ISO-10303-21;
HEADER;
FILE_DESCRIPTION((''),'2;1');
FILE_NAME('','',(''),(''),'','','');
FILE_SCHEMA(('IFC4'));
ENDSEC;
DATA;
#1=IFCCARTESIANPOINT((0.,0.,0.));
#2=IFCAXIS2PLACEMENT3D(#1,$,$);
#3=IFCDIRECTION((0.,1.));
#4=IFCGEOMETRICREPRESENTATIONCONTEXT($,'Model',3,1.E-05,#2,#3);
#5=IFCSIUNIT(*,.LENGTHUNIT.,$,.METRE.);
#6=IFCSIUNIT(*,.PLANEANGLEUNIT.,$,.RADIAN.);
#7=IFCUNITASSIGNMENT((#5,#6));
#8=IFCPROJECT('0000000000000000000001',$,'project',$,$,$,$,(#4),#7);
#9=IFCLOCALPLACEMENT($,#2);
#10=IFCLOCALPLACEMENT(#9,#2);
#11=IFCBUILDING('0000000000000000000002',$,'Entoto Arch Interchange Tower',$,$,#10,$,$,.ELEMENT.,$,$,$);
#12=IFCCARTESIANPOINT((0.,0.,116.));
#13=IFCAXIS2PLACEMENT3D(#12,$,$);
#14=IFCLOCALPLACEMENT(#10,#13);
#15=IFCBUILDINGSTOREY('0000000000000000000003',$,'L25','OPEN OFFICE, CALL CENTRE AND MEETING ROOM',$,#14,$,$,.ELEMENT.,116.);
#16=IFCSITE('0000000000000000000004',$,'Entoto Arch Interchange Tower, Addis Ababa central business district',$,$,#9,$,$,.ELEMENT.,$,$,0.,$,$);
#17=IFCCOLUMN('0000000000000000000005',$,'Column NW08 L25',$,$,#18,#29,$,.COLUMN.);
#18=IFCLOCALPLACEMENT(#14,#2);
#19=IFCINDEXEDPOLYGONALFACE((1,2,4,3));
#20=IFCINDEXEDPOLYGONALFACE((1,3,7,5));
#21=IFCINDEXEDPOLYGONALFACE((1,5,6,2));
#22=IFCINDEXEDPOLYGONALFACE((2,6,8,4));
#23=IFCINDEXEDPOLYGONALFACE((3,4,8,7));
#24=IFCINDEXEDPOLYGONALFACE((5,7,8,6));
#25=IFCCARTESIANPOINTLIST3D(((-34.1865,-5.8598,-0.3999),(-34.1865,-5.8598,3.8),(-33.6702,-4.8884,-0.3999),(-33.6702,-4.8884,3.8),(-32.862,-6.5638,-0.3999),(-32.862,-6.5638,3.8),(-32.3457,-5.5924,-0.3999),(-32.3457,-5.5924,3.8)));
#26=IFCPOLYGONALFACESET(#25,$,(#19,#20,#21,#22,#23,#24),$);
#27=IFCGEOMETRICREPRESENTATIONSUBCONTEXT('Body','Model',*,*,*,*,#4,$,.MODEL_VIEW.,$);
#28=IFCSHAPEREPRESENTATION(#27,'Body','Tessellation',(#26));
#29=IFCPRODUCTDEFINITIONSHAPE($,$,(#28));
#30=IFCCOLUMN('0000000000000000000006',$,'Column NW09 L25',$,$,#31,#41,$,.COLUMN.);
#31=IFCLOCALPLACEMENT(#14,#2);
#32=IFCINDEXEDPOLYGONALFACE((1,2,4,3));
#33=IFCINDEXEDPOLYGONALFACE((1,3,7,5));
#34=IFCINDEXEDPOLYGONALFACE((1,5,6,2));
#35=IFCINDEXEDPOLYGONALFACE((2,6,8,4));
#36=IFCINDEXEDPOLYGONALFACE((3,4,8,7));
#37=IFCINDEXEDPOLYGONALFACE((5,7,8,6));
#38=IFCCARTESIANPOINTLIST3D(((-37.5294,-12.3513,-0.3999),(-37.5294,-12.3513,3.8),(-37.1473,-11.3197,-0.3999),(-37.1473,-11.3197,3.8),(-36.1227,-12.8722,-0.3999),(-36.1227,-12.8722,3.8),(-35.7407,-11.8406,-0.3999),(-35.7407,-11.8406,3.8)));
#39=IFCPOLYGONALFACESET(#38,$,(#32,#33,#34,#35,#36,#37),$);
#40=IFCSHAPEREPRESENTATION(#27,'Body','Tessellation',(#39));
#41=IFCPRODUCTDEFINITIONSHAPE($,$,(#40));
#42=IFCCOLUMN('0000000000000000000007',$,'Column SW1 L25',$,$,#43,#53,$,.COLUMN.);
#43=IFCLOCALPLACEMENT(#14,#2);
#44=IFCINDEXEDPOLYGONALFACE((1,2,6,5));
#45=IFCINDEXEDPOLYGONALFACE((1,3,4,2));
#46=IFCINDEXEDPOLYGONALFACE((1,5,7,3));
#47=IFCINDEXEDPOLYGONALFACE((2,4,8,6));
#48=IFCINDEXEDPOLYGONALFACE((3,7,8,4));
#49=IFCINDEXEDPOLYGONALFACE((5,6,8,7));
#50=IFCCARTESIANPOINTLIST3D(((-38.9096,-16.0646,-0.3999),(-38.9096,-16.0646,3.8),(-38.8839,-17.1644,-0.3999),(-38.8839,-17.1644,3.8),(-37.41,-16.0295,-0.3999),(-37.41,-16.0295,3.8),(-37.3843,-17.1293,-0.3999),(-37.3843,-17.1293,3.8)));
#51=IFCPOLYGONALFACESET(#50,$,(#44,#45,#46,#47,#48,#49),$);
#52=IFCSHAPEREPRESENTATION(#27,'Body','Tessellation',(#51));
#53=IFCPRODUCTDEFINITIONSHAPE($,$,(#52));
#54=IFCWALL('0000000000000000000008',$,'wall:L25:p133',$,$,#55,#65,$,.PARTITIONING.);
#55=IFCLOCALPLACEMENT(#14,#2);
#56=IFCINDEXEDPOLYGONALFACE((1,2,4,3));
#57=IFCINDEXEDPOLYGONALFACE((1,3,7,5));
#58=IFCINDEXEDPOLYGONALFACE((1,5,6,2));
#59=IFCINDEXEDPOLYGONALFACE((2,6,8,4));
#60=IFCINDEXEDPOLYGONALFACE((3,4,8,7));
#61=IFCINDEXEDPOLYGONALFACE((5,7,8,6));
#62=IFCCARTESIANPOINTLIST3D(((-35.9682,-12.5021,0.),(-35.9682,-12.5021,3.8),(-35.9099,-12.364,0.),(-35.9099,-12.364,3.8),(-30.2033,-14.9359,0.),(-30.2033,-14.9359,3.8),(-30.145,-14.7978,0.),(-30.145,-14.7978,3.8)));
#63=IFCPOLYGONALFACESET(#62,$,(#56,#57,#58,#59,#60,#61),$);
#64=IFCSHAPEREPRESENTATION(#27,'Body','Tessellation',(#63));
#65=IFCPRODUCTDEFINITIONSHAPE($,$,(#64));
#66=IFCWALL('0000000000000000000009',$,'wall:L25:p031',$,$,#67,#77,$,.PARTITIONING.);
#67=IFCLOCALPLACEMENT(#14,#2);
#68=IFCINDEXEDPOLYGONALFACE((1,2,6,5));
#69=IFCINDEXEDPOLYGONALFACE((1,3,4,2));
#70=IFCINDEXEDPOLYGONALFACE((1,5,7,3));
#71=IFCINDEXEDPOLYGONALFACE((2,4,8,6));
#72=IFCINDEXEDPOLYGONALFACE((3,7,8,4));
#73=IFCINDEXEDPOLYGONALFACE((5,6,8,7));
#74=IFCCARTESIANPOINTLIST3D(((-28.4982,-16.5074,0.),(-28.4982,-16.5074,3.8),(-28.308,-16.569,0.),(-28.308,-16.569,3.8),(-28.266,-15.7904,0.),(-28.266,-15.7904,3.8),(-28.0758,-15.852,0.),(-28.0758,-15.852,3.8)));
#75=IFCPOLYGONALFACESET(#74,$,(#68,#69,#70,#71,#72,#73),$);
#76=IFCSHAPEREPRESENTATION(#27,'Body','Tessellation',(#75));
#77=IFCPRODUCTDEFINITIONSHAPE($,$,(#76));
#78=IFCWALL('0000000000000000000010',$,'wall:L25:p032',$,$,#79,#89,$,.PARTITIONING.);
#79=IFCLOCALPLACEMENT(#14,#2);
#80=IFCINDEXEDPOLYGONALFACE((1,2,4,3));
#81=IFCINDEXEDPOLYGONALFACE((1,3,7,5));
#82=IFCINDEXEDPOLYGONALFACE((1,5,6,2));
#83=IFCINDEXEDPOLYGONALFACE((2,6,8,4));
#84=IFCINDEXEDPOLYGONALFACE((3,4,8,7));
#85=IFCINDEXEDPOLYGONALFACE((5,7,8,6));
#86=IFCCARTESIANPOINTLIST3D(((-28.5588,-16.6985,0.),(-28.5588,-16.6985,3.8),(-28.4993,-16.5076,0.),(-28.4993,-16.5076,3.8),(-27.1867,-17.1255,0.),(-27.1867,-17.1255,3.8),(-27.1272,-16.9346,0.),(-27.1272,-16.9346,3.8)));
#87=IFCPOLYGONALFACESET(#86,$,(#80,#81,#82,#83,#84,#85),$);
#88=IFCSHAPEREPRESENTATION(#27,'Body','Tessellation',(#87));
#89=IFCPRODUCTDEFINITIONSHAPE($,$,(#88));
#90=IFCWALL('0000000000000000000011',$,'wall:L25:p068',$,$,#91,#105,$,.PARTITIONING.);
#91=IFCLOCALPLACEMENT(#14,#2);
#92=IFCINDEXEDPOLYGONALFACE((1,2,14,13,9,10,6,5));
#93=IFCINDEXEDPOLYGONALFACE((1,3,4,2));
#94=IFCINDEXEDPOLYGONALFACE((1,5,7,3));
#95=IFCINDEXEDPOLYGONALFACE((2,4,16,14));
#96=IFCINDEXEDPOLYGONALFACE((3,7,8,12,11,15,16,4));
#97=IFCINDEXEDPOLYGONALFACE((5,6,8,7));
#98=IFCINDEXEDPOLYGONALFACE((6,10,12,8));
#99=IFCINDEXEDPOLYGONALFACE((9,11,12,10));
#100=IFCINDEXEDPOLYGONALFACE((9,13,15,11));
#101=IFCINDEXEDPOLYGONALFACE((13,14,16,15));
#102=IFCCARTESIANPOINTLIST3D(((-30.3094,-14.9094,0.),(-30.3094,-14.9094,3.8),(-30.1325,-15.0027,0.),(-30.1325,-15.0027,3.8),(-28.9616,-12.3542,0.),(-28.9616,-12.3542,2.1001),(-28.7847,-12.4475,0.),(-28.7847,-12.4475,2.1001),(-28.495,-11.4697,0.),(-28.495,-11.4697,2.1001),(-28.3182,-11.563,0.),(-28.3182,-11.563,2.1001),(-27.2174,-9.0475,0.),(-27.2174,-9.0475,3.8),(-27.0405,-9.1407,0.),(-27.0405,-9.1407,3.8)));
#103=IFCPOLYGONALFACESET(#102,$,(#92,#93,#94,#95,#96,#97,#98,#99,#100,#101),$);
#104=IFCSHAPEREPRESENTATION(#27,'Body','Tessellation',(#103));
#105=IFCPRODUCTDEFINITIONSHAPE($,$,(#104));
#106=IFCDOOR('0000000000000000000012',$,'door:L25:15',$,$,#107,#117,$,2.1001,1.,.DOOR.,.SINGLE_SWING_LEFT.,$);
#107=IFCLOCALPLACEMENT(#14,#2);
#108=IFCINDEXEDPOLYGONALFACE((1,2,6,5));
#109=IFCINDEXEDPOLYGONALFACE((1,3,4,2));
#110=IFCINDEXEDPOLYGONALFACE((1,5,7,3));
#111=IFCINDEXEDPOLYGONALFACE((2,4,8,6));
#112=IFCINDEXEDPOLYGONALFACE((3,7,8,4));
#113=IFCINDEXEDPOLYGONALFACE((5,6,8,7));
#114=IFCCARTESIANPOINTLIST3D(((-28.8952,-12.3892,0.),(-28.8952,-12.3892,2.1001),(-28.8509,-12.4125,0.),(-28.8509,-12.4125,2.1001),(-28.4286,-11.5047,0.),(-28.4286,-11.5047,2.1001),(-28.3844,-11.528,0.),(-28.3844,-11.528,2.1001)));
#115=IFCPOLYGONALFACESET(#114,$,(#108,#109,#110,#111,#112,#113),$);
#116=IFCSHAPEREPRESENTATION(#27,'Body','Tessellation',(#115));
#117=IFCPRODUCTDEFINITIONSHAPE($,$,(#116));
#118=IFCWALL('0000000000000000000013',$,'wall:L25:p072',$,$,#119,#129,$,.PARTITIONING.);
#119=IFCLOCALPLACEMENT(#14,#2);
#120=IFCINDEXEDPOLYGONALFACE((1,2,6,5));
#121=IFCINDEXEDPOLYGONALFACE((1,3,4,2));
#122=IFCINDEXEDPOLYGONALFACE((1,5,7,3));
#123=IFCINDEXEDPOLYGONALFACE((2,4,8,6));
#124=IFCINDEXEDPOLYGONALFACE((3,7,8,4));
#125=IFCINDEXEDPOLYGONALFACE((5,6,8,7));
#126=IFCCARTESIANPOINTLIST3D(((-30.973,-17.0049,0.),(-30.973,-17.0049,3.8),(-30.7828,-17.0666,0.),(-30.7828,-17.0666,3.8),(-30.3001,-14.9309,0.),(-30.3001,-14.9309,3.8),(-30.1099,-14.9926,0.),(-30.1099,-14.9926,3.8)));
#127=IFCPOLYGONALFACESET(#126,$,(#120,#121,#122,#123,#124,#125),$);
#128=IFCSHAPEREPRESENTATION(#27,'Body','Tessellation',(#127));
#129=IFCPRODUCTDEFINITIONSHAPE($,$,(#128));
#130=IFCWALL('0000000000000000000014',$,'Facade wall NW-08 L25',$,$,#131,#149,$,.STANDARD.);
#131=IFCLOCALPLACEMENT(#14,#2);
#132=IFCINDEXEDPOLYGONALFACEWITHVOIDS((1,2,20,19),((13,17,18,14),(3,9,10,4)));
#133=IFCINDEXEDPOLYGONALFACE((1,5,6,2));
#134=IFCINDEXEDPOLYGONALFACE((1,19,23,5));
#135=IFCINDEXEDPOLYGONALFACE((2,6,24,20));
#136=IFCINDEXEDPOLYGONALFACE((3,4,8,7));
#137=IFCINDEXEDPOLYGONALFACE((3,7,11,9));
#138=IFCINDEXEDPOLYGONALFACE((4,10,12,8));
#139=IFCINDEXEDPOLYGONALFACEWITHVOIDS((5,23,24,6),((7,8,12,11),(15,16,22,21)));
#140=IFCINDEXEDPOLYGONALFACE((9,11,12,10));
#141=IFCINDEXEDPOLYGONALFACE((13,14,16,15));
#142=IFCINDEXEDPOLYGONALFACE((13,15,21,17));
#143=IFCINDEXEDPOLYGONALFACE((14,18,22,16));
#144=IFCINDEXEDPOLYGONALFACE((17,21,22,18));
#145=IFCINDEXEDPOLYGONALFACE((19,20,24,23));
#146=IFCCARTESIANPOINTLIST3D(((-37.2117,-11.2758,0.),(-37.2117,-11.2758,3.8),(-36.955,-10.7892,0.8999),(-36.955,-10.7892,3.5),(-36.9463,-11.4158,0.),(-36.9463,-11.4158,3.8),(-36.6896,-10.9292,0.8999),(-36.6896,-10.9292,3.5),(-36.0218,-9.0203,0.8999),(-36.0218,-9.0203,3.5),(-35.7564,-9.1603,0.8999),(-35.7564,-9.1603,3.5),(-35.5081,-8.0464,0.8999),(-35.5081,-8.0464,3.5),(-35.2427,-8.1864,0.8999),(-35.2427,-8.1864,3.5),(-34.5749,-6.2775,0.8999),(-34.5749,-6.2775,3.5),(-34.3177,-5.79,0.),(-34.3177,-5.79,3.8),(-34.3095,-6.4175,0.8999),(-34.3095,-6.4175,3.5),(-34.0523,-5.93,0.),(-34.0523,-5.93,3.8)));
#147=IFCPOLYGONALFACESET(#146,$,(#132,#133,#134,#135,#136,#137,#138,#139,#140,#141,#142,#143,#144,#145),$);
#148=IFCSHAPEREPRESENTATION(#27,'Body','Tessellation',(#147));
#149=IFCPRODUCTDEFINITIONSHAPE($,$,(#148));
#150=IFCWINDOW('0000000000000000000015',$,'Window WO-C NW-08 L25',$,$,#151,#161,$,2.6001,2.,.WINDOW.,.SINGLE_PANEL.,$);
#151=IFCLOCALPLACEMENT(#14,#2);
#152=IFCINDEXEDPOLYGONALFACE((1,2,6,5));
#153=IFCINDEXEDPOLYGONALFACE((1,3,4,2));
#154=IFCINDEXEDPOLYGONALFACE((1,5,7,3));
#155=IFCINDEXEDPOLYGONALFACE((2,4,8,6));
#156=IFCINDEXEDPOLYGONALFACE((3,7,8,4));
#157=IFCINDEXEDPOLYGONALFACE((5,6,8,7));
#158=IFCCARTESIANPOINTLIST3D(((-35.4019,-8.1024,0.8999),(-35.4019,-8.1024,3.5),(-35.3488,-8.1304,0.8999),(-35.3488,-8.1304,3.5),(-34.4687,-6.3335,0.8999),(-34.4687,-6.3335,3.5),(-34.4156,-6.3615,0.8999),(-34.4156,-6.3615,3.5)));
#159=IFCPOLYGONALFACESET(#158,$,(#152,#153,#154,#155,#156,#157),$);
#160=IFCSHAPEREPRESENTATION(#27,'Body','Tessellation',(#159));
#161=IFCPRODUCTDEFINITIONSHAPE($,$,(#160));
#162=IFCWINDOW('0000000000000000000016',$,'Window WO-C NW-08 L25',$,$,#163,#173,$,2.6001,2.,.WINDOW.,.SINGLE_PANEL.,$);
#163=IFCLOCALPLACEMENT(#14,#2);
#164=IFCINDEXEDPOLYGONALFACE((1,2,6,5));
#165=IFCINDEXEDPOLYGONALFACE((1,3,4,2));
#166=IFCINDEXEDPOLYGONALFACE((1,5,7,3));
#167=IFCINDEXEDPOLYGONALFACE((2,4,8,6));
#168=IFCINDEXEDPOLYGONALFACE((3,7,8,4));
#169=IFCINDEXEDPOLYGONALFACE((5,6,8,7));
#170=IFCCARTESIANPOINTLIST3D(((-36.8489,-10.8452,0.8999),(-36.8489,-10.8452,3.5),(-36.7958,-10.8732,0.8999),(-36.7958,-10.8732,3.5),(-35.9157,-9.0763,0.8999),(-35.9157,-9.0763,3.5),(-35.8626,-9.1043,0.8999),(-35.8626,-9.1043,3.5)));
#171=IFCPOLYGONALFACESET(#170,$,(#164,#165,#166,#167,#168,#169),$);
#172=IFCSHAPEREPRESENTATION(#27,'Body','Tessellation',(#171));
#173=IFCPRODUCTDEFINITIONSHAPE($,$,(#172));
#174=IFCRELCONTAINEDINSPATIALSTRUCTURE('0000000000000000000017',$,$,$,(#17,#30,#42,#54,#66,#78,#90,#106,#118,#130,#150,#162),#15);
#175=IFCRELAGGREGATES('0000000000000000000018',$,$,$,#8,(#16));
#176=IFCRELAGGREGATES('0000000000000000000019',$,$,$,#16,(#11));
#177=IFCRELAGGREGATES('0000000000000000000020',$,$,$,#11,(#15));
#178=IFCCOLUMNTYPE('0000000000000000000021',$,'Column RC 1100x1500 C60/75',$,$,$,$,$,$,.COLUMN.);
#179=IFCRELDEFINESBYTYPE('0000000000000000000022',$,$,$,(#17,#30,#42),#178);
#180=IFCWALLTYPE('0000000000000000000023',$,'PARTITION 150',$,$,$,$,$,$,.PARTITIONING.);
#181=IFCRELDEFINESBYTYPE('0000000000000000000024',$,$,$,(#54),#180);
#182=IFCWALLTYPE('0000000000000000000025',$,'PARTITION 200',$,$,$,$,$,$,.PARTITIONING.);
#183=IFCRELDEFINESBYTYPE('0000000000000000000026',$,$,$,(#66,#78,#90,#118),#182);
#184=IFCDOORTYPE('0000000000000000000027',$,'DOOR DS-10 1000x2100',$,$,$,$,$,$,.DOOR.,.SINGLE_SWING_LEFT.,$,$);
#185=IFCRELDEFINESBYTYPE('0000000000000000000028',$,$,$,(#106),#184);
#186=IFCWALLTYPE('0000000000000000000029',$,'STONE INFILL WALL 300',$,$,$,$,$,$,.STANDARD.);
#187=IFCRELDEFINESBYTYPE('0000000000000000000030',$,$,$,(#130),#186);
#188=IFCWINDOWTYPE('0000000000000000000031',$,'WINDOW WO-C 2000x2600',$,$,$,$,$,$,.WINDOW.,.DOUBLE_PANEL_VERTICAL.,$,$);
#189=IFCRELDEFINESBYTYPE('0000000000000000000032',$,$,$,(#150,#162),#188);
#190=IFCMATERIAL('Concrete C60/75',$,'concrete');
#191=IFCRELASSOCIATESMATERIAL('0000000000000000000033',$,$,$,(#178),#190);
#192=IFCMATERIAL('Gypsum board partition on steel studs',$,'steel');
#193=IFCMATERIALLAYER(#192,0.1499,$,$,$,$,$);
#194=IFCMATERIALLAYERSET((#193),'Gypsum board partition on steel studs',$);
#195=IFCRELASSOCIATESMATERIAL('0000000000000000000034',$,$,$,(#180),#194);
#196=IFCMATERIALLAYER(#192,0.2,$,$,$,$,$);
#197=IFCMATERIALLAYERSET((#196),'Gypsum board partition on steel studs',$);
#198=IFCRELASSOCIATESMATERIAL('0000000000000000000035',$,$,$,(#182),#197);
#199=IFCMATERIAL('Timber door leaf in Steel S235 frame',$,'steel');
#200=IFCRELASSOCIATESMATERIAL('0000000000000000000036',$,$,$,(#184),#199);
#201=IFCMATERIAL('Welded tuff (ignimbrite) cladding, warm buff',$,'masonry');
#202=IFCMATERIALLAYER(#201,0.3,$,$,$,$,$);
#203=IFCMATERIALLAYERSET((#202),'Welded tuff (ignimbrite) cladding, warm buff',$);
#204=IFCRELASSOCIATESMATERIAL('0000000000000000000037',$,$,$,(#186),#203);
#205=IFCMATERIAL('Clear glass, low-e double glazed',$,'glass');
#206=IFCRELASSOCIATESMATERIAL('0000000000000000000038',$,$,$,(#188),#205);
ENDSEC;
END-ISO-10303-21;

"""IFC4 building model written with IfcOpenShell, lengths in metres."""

from ifc_helpers import new_model, si_unit, direction, frame, frame_2d, origin, origin_2d, place, context, subcontext, project, spatial, rectangle, extrude, material, layer, layer_set, material_profile, profile_set, type_object, element, fill, save


model = new_model("IFC4")

# Units and contexts
model_context = context("Model", 3, precision=1e-05, world=origin(), true_north=direction((0.0, 1.0)))
body_context = subcontext(model_context, "Body", "Model", "MODEL_VIEW")
ifc_project = project(units=[si_unit("LENGTHUNIT", "METRE"), si_unit("PLANEANGLEUNIT", "RADIAN")], contexts=[model_context])

# Site, building, storey
site_placement = place(None, origin())
site = spatial("IfcSite", under=ifc_project, at=site_placement, Name="Entoto Arch Interchange Tower, Addis Ababa central business district", CompositionType="ELEMENT", RefElevation=0.0)
building_placement = place(site_placement, origin())
building = spatial("IfcBuilding", under=site, at=building_placement, Name="Entoto Arch Interchange Tower", CompositionType="ELEMENT")
storey_placement = place(building_placement, frame((0.0, 0.0, 116.0)))
storey = spatial("IfcBuildingStorey", under=building, at=storey_placement, Name="L25", Description="OPEN OFFICE, CALL CENTRE AND MEETING ROOM", CompositionType="ELEMENT", Elevation=116.0)

# Columns
ifc_material_1 = material(Name="Concrete C60/75", Category="concrete")
ifc_material_profile = material_profile(ifc_material_1, rectangle(XDim=1.1001, YDim=1.5, at=origin_2d()))
ifc_profile_set = profile_set([ifc_material_profile], Name="Concrete C60/75")
column_type = type_object("IfcColumnType", Name="Column RC 1100x1500 C60/75", PredefinedType="COLUMN", material=ifc_profile_set)
for number, where, z_axis, x_axis, name in (
    (1, (-33.2661, -5.7261, -0.3999), (0.0, 0.0, 1.0), (0.469333, 0.883021, 0.0), "Column NW08 L25"),
    (2, (-36.635, -12.0959, -0.3999), (0.0, 0.0, 1.0), (0.347312, 0.93775, 0.0), "Column NW09 L25"),
    (3, (-38.147, -16.5969, -0.3999), (0.0, 0.0, 1.0), (-0.023385, 0.999727, 0.0), "Column SW1 L25"),
):
    element("IfcColumn", number, at=place(storey_placement, frame(where, z_axis=z_axis, x_axis=x_axis)), inside=storey, type_object=column_type, Name=name, PredefinedType="COLUMN", context=body_context, shape_type="SweptSolid", body=[
        extrude(rectangle(XDim=1.1001, YDim=1.5, at=origin_2d()), origin(), (0.0, 0.0, 1.0), 4.2),
    ])

# Walls
ifc_material_2 = material(Name="Gypsum board partition on steel studs", Category="steel")
ifc_layer_1 = layer(ifc_material_2, 0.1499)
ifc_layer_set_1 = layer_set([ifc_layer_1], Name="Gypsum board partition on steel studs")
wall_type_1 = type_object("IfcWallType", Name="PARTITION 150", PredefinedType="PARTITIONING", material=ifc_layer_set_1)
wall_1_placement = place(storey_placement, frame((-30.1741, -14.8669, 0.0), z_axis=(0.0, 0.0, 1.0), x_axis=(-0.921263, 0.388941, 0.0)))
element("IfcWall", 4, at=wall_1_placement, inside=storey, type_object=wall_type_1, Name="wall:L25:p133", PredefinedType="PARTITIONING", context=body_context, shape_type="SweptSolid", body=[
    extrude(rectangle(XDim=6.2576, YDim=0.1499, at=frame_2d((3.1289, 0.0))), origin(), (0.0, 0.0, 1.0), 3.8),
])
ifc_layer_2 = layer(ifc_material_2, 0.2)
ifc_layer_set_2 = layer_set([ifc_layer_2], Name="Gypsum board partition on steel studs")
wall_type_2 = type_object("IfcWallType", Name="PARTITION 200", PredefinedType="PARTITIONING", material=ifc_layer_set_2)
wall_2_placement = place(storey_placement, frame((-28.1709, -15.821, 0.0), z_axis=(0.0, 0.0, 1.0), x_axis=(-0.308053, -0.951369, 0.0)))
element("IfcWall", 5, at=wall_2_placement, inside=storey, type_object=wall_type_2, Name="wall:L25:p031", PredefinedType="PARTITIONING", context=body_context, shape_type="SweptSolid", body=[
    extrude(rectangle(XDim=0.7537, YDim=0.2, at=frame_2d((0.377, 0.0))), origin(), (0.0, 0.0, 1.0), 3.8),
])
wall_3_placement = place(storey_placement, frame((-28.5291, -16.603, 0.0), z_axis=(0.0, 0.0, 1.0), x_axis=(0.95483, -0.297153, 0.0)))
element("IfcWall", 6, at=wall_3_placement, inside=storey, type_object=wall_type_2, Name="wall:L25:p032", PredefinedType="PARTITIONING", context=body_context, shape_type="SweptSolid", body=[
    extrude(rectangle(XDim=1.437, YDim=0.2, at=frame_2d((0.7185, 0.0))), origin(), (0.0, 0.0, 1.0), 3.8),
])

# Wall, opening, door
wall_4_placement = place(storey_placement, frame((-30.2209, -14.9561, 0.0), z_axis=(0.0, 0.0, 1.0), x_axis=(0.466543, 0.884498, 0.0)))
wall_4 = element("IfcWall", 7, at=wall_4_placement, inside=storey, type_object=wall_type_2, Name="wall:L25:p068", PredefinedType="PARTITIONING", context=body_context, shape_type="SweptSolid", body=[
    extrude(rectangle(XDim=6.6274, YDim=0.2, at=frame_2d((3.3137, 0.0))), origin(), (0.0, 0.0, 1.0), 3.8),
])
opening_1_placement = place(wall_4_placement, frame((2.8889, 0.0, 0.0)))
opening_1 = element("IfcOpeningElement", 8, at=opening_1_placement, cuts=wall_4, PredefinedType="OPENING", context=body_context, shape_type="SweptSolid", body=[
    extrude(rectangle(XDim=1.0, YDim=2.1001, at=frame_2d((0.5, 1.05))), frame((0.0, 0.1099, 0.0), z_axis=(0.0, -1.0, 0.0), x_axis=(1.0, 0.0, 0.0)), (0.0, 0.0, 1.0), 0.22),
])
ifc_material_3 = material(Name="Timber door leaf in Steel S235 frame", Category="steel")
door_type = type_object("IfcDoorType", Name="DOOR DS-10 1000x2100", OperationType="SINGLE_SWING_LEFT", PredefinedType="DOOR", material=ifc_material_3)
door_placement = place(opening_1_placement, origin())
door = element("IfcDoor", 9, at=door_placement, inside=storey, type_object=door_type, Name="door:L25:15", OperationType="SINGLE_SWING_LEFT", OverallHeight=2.1001, OverallWidth=1.0, PredefinedType="DOOR", context=body_context, shape_type="SweptSolid", body=[
    extrude(rectangle(XDim=1.0, YDim=2.1001, at=frame_2d((0.5, 1.05))), frame((0.0, 0.0249, 0.0), z_axis=(0.0, -1.0, 0.0), x_axis=(1.0, 0.0, 0.0)), (0.0, 0.0, 1.0), 0.05),
])
fill(opening_1, door)

# Wall
wall_5_placement = place(storey_placement, frame((-30.8779, -17.0359, 0.0), z_axis=(0.0, 0.0, 1.0), x_axis=(0.308592, 0.951194, 0.0)))
element("IfcWall", 10, at=wall_5_placement, inside=storey, type_object=wall_type_2, Name="wall:L25:p072", PredefinedType="PARTITIONING", context=body_context, shape_type="SweptSolid", body=[
    extrude(rectangle(XDim=2.1804, YDim=0.2, at=frame_2d((1.0903, 0.0))), origin(), (0.0, 0.0, 1.0), 3.8),
])

# Wall, openings, windows
ifc_material_4 = material(Name="Welded tuff (ignimbrite) cladding, warm buff", Category="masonry")
ifc_layer_3 = layer(ifc_material_4, 0.3)
ifc_layer_set_3 = layer_set([ifc_layer_3], Name="Welded tuff (ignimbrite) cladding, warm buff")
wall_type_3 = type_object("IfcWallType", Name="STONE INFILL WALL 300", PredefinedType="STANDARD", material=ifc_layer_set_3)
wall_6_placement = place(storey_placement, frame((-34.1851, -5.8601, 0.0), z_axis=(0.0, 0.0, 1.0), x_axis=(-0.4666, -0.884469, 0.0)))
wall_6 = element("IfcWall", 11, at=wall_6_placement, inside=storey, type_object=wall_type_3, Name="Facade wall NW-08 L25", PredefinedType="STANDARD", context=body_context, shape_type="SweptSolid", body=[
    extrude(rectangle(XDim=6.2024, YDim=0.3, at=frame_2d((3.1011, 0.0))), origin(), (0.0, 0.0, 1.0), 3.8),
])
opening_2_placement = place(wall_6_placement, frame((0.551, 0.0, 0.8999)))
opening_2 = element("IfcOpeningElement", 12, at=opening_2_placement, cuts=wall_6, PredefinedType="OPENING", context=body_context, shape_type="SweptSolid", body=[
    extrude(rectangle(XDim=2.0, YDim=2.6001, at=frame_2d((1.0, 1.3))), frame((0.0, 0.1602, 0.0), z_axis=(0.0, -1.0, 0.0), x_axis=(1.0, 0.0, 0.0)), (0.0, 0.0, 1.0), 0.3201),
])
opening_3_placement = place(wall_6_placement, frame((3.6521, 0.0, 0.8999)))
opening_3 = element("IfcOpeningElement", 13, at=opening_3_placement, cuts=wall_6, PredefinedType="OPENING", context=body_context, shape_type="SweptSolid", body=[
    extrude(rectangle(XDim=2.0, YDim=2.6001, at=frame_2d((1.0, 1.3))), frame((0.0, 0.1602, 0.0), z_axis=(0.0, -1.0, 0.0), x_axis=(1.0, 0.0, 0.0)), (0.0, 0.0, 1.0), 0.3201),
])
ifc_material_5 = material(Name="Clear glass, low-e double glazed", Category="glass")
window_type_1 = type_object("IfcWindowType", Name="WINDOW WO-C 2000x2600", PartitioningType="DOUBLE_PANEL_VERTICAL", PredefinedType="WINDOW", material=ifc_material_5)
window_1_placement = place(opening_2_placement, origin())
window_1 = element("IfcWindow", 14, at=window_1_placement, inside=storey, type_object=window_type_1, Name="Window WO-C NW-08 L25", OverallHeight=2.6001, OverallWidth=2.0, PartitioningType="SINGLE_PANEL", PredefinedType="WINDOW", context=body_context, shape_type="SweptSolid", body=[
    extrude(rectangle(XDim=2.0, YDim=2.6001, at=frame_2d((1.0, 1.3))), frame((0.0, 0.03, 0.0), z_axis=(0.0, -1.0, 0.0), x_axis=(1.0, 0.0, 0.0)), (0.0, 0.0, 1.0), 0.0601),
])
fill(opening_2, window_1)
window_2_placement = place(opening_3_placement, origin())
window_2 = element("IfcWindow", 15, at=window_2_placement, inside=storey, type_object=window_type_1, Name="Window WO-C NW-08 L25", OverallHeight=2.6001, OverallWidth=2.0, PartitioningType="SINGLE_PANEL", PredefinedType="WINDOW", context=body_context, shape_type="SweptSolid", body=[
    extrude(rectangle(XDim=2.0, YDim=2.6001, at=frame_2d((1.0, 1.3))), frame((0.0, 0.03, 0.0), z_axis=(0.0, -1.0, 0.0), x_axis=(1.0, 0.0, 0.0)), (0.0, 0.0, 1.0), 0.0601),
])
fill(opening_3, window_2)

save(model, "model.ifc")
